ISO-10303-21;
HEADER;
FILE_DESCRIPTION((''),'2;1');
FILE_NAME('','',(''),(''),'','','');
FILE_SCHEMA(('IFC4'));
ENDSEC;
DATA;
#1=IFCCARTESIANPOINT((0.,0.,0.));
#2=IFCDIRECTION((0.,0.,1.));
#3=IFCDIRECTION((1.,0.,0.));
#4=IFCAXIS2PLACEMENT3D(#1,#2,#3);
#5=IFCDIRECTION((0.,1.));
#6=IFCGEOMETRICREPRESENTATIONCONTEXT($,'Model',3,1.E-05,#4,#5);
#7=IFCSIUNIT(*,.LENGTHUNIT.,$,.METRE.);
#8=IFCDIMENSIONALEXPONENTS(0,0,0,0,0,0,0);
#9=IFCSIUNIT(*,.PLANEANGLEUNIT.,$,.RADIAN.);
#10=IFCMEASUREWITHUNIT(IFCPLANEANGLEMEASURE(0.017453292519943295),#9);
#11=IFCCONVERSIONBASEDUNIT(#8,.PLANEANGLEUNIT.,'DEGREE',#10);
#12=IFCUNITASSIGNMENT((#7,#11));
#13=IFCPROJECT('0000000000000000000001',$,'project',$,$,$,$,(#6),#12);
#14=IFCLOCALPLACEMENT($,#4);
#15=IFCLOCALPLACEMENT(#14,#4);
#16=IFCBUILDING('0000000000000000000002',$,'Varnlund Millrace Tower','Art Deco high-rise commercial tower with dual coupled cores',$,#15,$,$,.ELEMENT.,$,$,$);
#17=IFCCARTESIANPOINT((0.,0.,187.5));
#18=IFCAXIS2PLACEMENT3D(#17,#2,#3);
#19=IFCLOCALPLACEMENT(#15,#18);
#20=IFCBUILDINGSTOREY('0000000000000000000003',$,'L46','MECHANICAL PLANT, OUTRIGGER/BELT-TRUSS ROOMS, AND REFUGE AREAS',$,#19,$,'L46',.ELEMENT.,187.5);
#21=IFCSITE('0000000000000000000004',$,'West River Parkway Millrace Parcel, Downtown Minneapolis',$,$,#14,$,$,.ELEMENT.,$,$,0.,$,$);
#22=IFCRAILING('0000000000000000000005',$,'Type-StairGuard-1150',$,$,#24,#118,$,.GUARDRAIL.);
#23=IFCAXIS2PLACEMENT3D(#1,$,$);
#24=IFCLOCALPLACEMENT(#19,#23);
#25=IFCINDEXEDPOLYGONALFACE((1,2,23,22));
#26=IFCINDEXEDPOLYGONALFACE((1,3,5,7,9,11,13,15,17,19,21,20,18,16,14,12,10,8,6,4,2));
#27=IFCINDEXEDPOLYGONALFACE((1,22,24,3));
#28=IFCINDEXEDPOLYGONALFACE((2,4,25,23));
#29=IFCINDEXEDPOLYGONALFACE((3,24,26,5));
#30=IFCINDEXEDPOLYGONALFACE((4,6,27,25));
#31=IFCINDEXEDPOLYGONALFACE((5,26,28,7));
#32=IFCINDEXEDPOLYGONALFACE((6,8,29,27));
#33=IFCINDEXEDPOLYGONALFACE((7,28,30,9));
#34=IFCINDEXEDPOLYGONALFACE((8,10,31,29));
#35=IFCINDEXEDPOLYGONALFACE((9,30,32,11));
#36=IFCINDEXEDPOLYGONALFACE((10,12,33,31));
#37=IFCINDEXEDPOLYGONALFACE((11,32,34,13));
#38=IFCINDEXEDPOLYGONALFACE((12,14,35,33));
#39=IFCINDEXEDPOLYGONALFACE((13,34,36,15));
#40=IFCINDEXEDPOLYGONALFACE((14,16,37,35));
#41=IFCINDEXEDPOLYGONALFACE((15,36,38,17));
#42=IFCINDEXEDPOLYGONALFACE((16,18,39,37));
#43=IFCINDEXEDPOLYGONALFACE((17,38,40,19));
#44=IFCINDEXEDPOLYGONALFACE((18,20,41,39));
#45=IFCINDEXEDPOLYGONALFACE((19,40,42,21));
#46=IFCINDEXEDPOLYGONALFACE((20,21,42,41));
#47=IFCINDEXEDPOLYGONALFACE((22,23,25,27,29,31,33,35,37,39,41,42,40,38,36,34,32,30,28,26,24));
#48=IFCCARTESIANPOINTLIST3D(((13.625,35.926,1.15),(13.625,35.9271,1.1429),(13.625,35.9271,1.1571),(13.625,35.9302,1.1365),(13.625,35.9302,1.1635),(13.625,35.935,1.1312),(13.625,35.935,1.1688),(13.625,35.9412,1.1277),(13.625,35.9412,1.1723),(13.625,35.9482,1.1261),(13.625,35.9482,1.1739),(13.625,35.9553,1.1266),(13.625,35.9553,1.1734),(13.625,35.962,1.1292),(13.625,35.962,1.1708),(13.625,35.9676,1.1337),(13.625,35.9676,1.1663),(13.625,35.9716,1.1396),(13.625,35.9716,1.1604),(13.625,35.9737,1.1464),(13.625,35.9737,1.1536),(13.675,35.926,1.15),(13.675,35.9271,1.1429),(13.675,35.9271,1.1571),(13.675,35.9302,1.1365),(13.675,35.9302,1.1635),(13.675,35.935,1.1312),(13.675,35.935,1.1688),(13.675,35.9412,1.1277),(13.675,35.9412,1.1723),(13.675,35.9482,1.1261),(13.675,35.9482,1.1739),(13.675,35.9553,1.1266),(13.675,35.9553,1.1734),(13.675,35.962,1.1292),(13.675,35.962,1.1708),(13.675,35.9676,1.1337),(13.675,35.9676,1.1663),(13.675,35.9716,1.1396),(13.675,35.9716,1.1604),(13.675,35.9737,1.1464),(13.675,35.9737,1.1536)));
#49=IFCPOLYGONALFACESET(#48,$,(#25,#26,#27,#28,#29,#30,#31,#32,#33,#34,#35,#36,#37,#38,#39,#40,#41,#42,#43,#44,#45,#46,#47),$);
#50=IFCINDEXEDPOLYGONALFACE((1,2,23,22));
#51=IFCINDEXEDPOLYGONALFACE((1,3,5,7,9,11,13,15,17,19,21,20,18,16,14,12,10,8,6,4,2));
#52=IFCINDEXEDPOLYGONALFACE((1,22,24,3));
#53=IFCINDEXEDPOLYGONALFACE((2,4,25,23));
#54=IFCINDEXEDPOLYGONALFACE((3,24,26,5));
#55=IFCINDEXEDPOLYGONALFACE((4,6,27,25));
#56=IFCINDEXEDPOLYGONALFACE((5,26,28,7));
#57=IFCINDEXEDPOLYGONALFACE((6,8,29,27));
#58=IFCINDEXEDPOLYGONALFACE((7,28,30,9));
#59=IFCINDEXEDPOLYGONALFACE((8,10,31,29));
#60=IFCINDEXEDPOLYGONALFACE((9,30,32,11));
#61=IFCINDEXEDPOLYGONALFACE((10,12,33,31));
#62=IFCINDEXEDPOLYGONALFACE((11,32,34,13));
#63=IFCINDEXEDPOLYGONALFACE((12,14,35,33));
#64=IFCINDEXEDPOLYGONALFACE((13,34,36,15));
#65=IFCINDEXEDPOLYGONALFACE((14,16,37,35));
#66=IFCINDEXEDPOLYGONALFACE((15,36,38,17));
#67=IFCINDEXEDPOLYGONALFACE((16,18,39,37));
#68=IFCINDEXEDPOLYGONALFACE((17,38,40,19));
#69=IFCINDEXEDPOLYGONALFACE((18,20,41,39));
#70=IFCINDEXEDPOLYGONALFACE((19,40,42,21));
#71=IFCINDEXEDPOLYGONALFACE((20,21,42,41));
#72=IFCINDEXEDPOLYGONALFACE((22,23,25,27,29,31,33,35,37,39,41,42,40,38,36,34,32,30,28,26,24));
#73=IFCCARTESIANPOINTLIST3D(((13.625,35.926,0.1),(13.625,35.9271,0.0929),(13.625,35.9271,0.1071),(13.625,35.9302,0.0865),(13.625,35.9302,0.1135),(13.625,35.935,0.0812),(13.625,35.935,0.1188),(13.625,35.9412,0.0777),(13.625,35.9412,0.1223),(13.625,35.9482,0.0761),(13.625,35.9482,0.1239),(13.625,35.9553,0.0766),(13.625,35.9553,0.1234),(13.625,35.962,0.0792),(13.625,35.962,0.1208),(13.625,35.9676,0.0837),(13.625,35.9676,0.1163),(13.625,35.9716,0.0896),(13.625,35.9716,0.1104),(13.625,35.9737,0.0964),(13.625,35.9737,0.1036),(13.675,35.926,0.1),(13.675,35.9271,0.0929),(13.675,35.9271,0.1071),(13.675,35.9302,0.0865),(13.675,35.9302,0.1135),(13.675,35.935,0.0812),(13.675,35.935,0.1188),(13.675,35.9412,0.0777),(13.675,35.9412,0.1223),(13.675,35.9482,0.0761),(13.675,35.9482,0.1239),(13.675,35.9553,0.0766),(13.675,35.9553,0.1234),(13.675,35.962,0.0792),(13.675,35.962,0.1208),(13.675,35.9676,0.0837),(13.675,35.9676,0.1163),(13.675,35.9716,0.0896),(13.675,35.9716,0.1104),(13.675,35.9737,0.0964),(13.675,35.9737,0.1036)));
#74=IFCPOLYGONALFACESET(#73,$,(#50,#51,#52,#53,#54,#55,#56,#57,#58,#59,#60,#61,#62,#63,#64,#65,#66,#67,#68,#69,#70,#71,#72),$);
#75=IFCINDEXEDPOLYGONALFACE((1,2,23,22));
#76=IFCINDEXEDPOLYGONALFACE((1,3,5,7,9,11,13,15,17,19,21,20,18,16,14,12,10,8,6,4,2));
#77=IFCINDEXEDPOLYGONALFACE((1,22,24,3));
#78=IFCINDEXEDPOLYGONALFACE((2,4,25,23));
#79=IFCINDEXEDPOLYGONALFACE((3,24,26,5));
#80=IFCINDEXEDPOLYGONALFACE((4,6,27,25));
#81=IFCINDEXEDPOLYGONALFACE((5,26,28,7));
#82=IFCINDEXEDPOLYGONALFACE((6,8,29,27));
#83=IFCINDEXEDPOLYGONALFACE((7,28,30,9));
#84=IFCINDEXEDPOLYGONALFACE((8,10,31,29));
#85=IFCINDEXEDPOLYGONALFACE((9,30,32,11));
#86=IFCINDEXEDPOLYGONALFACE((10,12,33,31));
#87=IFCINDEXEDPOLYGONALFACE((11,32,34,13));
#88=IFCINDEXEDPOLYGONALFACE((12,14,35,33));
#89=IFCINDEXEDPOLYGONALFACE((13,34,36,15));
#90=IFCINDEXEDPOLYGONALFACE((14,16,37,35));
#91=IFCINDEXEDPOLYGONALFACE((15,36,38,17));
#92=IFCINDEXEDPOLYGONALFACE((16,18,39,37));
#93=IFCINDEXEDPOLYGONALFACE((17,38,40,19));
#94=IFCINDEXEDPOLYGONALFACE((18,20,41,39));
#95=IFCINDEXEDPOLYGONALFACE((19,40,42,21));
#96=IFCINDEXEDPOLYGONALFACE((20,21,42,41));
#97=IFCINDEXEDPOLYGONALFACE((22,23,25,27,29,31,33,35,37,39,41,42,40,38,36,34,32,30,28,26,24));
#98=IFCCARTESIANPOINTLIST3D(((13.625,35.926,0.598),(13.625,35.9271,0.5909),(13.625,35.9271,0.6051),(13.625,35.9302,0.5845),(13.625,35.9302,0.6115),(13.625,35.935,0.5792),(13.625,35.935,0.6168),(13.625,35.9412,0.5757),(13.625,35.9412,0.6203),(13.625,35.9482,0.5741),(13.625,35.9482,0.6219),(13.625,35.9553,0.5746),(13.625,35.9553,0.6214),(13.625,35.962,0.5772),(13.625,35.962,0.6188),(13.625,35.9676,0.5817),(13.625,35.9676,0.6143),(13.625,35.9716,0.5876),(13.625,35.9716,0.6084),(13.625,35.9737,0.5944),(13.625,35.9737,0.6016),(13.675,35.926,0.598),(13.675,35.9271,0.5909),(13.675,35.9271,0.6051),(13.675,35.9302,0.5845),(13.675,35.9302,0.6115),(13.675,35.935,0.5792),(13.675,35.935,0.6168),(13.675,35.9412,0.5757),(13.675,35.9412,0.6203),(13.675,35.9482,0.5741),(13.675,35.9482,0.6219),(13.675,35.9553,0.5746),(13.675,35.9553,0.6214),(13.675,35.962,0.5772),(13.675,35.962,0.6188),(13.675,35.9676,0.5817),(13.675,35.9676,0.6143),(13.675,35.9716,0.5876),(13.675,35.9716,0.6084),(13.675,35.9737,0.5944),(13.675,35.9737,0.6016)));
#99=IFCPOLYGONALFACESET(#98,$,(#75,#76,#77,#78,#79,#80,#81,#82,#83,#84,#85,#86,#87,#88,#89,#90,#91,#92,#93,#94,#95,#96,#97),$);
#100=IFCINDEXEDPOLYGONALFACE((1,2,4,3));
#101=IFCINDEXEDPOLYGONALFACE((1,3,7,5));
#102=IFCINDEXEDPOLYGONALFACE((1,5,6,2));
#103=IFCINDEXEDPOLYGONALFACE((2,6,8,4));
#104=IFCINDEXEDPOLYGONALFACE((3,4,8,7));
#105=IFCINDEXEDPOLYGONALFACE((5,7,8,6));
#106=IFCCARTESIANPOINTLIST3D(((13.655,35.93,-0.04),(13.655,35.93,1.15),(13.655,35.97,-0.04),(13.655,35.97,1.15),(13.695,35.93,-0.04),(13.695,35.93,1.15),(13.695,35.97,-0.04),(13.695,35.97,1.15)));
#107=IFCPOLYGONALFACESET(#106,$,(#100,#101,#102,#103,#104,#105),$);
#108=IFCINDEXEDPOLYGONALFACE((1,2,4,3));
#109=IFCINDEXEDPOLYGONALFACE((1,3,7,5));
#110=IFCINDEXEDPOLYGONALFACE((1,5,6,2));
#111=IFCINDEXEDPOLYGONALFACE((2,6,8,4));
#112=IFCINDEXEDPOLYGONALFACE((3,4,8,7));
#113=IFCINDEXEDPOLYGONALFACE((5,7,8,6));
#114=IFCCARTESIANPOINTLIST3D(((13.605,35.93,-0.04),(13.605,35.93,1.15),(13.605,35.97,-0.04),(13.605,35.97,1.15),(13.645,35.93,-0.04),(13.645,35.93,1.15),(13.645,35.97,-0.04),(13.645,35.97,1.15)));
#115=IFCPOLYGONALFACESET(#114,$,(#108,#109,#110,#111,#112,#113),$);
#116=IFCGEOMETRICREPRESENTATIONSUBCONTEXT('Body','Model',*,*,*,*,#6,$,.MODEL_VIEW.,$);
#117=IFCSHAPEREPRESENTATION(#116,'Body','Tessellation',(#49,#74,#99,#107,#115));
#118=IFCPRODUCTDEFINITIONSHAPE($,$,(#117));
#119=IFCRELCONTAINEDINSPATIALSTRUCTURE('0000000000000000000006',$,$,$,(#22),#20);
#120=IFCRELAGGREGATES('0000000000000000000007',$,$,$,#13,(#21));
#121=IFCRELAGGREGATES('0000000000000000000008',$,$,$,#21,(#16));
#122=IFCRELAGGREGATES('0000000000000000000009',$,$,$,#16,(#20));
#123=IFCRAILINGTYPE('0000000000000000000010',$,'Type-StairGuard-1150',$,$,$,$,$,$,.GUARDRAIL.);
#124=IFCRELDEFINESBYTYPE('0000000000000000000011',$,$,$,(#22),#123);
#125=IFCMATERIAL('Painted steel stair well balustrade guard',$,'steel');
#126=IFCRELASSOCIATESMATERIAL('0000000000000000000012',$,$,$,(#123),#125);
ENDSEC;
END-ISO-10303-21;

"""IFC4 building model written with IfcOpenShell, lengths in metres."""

from ifc_helpers import new_model, entity, si_unit, converted_unit, direction, frame, origin_with_axes, origin_2d_with_axis, place, context, subcontext, project, spatial, rectangle, circle, extrude, material, type_object, element, save


model = new_model("IFC4")

# Units and contexts
model_context = context("Model", 3, precision=1e-05, world=origin_with_axes(), true_north=direction((0.0, 1.0)))
body_context = subcontext(model_context, "Body", "Model", "MODEL_VIEW")
ifc_project = project(units=[si_unit("LENGTHUNIT", "METRE"), converted_unit("PLANEANGLEUNIT", "DEGREE", entity("IfcPlaneAngleMeasure", 0.017453292519943295), si_unit("PLANEANGLEUNIT", "RADIAN"), dimensions=[0, 0, 0, 0, 0, 0, 0])], contexts=[model_context])

# Site, building, storey
site_placement = place(None, origin_with_axes())
site = spatial("IfcSite", under=ifc_project, at=site_placement, Name="West River Parkway Millrace Parcel, Downtown Minneapolis", CompositionType="ELEMENT", RefElevation=0.0)
building_placement = place(site_placement, origin_with_axes())
building = spatial("IfcBuilding", under=site, at=building_placement, Name="Varnlund Millrace Tower", Description="Art Deco high-rise commercial tower with dual coupled cores", CompositionType="ELEMENT")
storey_placement = place(building_placement, frame((0.0, 0.0, 187.5), z_axis=(0.0, 0.0, 1.0), x_axis=(1.0, 0.0, 0.0)))
storey = spatial("IfcBuildingStorey", under=building, at=storey_placement, Name="L46", Description="MECHANICAL PLANT, OUTRIGGER/BELT-TRUSS ROOMS, AND REFUGE AREAS", LongName="L46", CompositionType="ELEMENT", Elevation=187.5)

# Railing
ifc_material_1 = material(Name="Painted steel stair well balustrade guard", Category="steel")
railing_type_1 = type_object("IfcRailingType", Name="Type-StairGuard-1150", PredefinedType="GUARDRAIL", material=ifc_material_1)
railing_1_placement = place(storey_placement, frame((0.0, 0.0, -187.5), z_axis=(0.0, 0.0, 1.0), x_axis=(1.0, 0.0, 0.0)))
element("IfcRailing", 1, at=railing_1_placement, inside=storey, type_object=railing_type_1, Name="Type-StairGuard-1150", PredefinedType="GUARDRAIL", context=body_context, shape_type="SweptSolid", body=[
    extrude(circle(Radius=0.024, at=origin_2d_with_axis()), frame((13.675, 35.95, 188.65), z_axis=(-1.0, 0.0, 0.0), x_axis=(0.0, -1.0, 0.0)), (0.0, 0.0, 1.0), 0.05),
    extrude(circle(Radius=0.024, at=origin_2d_with_axis()), frame((13.675, 35.95, 187.6), z_axis=(-1.0, 0.0, 0.0), x_axis=(0.0, -1.0, 0.0)), (0.0, 0.0, 1.0), 0.05),
    extrude(circle(Radius=0.024, at=origin_2d_with_axis()), frame((13.675, 35.95, 188.098), z_axis=(-1.0, 0.0, 0.0), x_axis=(0.0, -1.0, 0.0)), (0.0, 0.0, 1.0), 0.05),
    extrude(rectangle(XDim=0.04, YDim=0.04, at=origin_2d_with_axis()), frame((13.675, 35.95, 187.46), z_axis=(0.0, 0.0, 1.0), x_axis=(1.0, 0.0, 0.0)), (0.0, 0.0, 1.0), 1.19),
    extrude(rectangle(XDim=0.04, YDim=0.04, at=origin_2d_with_axis()), frame((13.625, 35.95, 187.46), z_axis=(0.0, 0.0, 1.0), x_axis=(1.0, 0.0, 0.0)), (0.0, 0.0, 1.0), 1.19),
])

save(model, "model.ifc")
